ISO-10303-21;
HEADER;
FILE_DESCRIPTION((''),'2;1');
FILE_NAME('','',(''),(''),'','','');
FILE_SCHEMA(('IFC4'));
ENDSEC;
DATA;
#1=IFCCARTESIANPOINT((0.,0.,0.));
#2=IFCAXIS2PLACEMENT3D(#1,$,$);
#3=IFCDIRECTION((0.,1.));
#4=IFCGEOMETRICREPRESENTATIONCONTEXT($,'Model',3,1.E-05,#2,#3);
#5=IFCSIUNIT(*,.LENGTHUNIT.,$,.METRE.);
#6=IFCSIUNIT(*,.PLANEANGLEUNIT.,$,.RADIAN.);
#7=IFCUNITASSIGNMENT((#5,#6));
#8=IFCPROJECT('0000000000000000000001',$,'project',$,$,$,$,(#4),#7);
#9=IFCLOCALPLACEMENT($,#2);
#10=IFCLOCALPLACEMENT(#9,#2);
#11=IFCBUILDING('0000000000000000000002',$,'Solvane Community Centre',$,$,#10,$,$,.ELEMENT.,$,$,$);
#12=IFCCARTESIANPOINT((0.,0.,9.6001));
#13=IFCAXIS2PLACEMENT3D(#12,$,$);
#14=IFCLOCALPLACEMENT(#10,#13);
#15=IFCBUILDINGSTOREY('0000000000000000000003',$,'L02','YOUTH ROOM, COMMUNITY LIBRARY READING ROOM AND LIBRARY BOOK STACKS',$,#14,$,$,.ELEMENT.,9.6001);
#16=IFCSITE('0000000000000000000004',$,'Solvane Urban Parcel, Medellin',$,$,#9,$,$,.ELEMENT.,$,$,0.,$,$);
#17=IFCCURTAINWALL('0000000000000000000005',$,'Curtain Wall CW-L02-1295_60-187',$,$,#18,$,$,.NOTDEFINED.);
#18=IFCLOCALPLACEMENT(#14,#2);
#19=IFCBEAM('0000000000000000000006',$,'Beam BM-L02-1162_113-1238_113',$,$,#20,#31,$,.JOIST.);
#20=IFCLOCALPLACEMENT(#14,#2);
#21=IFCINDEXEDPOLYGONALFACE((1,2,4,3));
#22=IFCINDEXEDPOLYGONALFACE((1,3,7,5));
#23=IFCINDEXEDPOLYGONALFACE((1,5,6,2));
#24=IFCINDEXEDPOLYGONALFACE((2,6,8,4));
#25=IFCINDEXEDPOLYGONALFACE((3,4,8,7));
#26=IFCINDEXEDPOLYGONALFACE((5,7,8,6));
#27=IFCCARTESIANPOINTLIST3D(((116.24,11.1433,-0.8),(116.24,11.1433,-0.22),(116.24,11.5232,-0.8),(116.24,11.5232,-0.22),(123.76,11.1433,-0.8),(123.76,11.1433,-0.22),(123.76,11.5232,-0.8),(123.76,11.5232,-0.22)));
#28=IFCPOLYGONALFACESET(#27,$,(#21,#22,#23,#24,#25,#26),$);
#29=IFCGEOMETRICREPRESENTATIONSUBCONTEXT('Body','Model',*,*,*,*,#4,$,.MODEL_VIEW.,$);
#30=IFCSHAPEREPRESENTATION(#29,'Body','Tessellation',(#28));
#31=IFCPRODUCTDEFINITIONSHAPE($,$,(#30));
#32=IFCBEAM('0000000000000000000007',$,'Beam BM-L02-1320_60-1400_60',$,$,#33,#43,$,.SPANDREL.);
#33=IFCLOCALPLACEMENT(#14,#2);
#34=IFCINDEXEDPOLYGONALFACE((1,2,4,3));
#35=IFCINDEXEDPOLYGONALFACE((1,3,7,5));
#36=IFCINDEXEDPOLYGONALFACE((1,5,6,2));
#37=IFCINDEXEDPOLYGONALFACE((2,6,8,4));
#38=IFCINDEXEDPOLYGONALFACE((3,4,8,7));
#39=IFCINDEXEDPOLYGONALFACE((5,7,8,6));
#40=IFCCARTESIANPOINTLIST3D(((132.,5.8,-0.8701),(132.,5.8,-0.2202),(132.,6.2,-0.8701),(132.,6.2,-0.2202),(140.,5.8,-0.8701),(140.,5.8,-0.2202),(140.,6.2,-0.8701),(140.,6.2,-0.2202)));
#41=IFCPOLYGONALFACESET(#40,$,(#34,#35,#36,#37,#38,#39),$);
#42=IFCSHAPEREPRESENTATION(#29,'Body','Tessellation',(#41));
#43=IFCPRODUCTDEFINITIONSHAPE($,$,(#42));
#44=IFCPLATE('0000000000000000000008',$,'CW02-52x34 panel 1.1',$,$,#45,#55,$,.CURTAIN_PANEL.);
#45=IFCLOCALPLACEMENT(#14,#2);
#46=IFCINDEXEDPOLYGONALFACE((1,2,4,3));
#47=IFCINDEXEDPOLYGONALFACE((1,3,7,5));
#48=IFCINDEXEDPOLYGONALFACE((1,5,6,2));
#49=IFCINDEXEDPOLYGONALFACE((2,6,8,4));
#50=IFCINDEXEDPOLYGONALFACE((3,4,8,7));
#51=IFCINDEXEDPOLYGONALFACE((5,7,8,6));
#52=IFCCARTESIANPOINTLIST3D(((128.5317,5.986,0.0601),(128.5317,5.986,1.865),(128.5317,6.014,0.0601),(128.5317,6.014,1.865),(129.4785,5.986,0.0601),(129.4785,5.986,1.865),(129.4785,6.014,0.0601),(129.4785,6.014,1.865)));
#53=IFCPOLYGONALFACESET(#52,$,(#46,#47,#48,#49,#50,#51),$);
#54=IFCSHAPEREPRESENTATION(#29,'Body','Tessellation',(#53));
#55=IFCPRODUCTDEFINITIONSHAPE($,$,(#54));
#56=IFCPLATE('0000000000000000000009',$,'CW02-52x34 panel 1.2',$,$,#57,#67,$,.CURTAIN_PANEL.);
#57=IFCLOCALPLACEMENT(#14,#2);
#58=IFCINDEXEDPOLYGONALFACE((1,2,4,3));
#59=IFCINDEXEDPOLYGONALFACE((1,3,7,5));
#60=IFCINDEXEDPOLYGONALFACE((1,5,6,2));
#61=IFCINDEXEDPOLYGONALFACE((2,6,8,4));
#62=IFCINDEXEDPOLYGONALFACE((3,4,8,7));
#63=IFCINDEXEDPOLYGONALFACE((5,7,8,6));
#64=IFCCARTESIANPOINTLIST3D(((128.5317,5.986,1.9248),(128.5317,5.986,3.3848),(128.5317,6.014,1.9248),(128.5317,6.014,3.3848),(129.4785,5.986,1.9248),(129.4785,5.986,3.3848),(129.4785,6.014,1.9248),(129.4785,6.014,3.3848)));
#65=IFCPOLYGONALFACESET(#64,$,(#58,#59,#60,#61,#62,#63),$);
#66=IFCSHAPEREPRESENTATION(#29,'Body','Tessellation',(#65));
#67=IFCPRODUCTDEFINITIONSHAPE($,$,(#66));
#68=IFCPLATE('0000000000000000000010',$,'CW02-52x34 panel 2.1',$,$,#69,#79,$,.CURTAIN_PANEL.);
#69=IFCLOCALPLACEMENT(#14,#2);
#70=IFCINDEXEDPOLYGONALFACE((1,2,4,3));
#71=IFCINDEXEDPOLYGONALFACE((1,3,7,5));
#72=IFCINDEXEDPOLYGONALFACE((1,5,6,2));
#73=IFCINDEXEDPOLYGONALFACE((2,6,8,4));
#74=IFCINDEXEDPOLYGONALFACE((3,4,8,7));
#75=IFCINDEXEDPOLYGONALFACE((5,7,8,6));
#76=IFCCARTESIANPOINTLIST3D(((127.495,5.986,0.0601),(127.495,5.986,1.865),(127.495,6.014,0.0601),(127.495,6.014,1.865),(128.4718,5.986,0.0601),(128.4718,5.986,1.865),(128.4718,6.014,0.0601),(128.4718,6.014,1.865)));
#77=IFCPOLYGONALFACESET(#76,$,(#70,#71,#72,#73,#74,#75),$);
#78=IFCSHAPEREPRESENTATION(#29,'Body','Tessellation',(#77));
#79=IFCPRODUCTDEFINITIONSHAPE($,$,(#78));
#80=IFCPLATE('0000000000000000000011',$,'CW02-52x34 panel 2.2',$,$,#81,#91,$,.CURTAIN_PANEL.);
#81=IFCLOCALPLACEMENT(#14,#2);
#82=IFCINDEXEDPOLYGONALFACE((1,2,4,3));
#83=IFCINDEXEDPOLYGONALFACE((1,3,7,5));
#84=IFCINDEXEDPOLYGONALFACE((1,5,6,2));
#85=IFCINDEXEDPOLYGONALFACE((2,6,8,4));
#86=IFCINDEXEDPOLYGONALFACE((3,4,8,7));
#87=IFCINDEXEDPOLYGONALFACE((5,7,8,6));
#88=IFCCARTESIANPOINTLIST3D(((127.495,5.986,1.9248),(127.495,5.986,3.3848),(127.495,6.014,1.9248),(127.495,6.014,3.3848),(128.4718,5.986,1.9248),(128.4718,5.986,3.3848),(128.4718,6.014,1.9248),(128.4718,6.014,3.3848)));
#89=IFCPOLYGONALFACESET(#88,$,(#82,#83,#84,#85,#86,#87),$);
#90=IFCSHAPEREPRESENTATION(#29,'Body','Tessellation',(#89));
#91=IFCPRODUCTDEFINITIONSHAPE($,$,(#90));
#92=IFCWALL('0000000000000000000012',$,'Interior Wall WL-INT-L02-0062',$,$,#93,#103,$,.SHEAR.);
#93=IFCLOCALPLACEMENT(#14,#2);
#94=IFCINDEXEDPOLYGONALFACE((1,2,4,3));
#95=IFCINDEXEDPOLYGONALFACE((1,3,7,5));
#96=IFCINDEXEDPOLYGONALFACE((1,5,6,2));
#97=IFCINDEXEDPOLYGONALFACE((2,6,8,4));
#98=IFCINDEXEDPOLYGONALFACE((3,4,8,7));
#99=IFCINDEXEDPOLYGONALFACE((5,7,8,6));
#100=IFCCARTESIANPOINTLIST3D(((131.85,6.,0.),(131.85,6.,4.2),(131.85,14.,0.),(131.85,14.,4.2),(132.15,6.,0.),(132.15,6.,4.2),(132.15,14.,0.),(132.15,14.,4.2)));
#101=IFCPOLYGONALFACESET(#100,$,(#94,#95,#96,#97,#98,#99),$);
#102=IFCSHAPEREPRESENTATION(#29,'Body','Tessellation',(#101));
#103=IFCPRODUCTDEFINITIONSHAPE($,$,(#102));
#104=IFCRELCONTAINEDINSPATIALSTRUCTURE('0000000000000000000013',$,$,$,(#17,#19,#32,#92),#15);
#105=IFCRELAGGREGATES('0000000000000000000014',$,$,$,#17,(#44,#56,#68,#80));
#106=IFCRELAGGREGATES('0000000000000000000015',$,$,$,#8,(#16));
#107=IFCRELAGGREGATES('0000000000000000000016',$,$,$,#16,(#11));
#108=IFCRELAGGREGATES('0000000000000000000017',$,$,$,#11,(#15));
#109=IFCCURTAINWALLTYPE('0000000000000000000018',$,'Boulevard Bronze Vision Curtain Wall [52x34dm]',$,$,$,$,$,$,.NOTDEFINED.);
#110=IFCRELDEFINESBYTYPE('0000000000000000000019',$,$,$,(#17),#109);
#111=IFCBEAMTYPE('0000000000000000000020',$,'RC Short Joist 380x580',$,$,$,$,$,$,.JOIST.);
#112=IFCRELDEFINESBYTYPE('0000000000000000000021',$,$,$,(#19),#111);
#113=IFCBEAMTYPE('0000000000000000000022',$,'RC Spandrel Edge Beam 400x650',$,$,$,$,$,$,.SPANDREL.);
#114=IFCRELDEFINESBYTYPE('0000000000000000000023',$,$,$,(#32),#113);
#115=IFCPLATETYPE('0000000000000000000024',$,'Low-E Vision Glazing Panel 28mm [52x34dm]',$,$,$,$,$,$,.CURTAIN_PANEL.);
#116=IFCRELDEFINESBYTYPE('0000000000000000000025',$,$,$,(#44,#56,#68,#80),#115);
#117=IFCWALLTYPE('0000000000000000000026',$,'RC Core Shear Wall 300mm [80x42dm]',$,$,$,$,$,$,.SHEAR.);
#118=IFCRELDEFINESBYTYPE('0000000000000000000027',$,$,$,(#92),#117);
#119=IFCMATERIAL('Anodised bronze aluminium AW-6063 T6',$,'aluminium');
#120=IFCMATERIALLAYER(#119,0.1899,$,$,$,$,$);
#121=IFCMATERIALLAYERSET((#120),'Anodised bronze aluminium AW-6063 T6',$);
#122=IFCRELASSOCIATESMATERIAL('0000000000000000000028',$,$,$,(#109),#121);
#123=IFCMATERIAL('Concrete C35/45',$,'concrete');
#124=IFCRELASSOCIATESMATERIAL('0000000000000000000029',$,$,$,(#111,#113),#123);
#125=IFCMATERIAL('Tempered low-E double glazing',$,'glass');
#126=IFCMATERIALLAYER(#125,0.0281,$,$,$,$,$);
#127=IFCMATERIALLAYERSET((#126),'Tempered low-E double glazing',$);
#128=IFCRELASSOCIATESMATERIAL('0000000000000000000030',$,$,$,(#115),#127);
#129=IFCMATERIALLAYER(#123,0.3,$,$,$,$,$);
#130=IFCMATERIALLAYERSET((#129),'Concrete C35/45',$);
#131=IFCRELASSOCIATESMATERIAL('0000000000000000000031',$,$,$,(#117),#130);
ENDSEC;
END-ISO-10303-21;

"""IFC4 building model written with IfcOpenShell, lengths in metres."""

from ifc_helpers import new_model, si_unit, direction, frame, frame_2d, origin, origin_2d, place, context, subcontext, project, spatial, rectangle, extrude, material, layer, layer_set, material_profile, profile_set, type_object, element, aggregate, save


model = new_model("IFC4")

# Units and contexts
model_context = context("Model", 3, precision=1e-05, world=origin(), true_north=direction((0.0, 1.0)))
body_context = subcontext(model_context, "Body", "Model", "MODEL_VIEW")
ifc_project = project(units=[si_unit("LENGTHUNIT", "METRE"), si_unit("PLANEANGLEUNIT", "RADIAN")], contexts=[model_context])

# Site, building, storey
site_placement = place(None, origin())
site = spatial("IfcSite", under=ifc_project, at=site_placement, Name="Solvane Urban Parcel, Medellin", CompositionType="ELEMENT", RefElevation=0.0)
building_placement = place(site_placement, origin())
building = spatial("IfcBuilding", under=site, at=building_placement, Name="Solvane Community Centre", CompositionType="ELEMENT")
storey_placement = place(building_placement, frame((0.0, 0.0, 9.6001)))
storey = spatial("IfcBuildingStorey", under=building, at=storey_placement, Name="L02", Description="YOUTH ROOM, COMMUNITY LIBRARY READING ROOM AND LIBRARY BOOK STACKS", CompositionType="ELEMENT", Elevation=9.6001)

# Curtain wall
ifc_material_1 = material(Name="Anodised bronze aluminium AW-6063 T6", Category="aluminium")
ifc_layer_1 = layer(ifc_material_1, 0.1899)
ifc_layer_set_1 = layer_set([ifc_layer_1], Name="Anodised bronze aluminium AW-6063 T6")
curtain_wall_type = type_object("IfcCurtainWallType", Name="Boulevard Bronze Vision Curtain Wall [52x34dm]", PredefinedType="NOTDEFINED", material=ifc_layer_set_1)
curtain_wall_placement = place(storey_placement, origin())
curtain_wall = element("IfcCurtainWall", 1, at=curtain_wall_placement, inside=storey, type_object=curtain_wall_type, Name="Curtain Wall CW-L02-1295_60-187", PredefinedType="NOTDEFINED")

# Beams
ifc_material_2 = material(Name="Concrete C35/45", Category="concrete")
ifc_material_profile_1 = material_profile(ifc_material_2, rectangle(XDim=0.3799, YDim=0.5801, at=origin_2d()), Name="RC 380x580")
ifc_profile_set_1 = profile_set([ifc_material_profile_1], Name="Concrete C35/45")
beam_type_1 = type_object("IfcBeamType", Name="RC Short Joist 380x580", PredefinedType="JOIST", material=ifc_profile_set_1)
for number, where, z_axis, x_axis, name in (
    (2, (116.24, 11.3333, -0.51), (1.0, 0.0, 0.0), (0.0, 1.0, 0.0), "Beam BM-L02-1162_113-1238_113"),
):
    element("IfcBeam", number, at=place(storey_placement, frame(where, z_axis=z_axis, x_axis=x_axis)), inside=storey, type_object=beam_type_1, Name=name, PredefinedType="JOIST", context=body_context, shape_type="SweptSolid", body=[
        extrude(rectangle(XDim=0.3799, YDim=0.5801, at=origin_2d()), origin(), (0.0, 0.0, 1.0), 7.52),
    ])
ifc_material_profile_2 = material_profile(ifc_material_2, rectangle(XDim=0.3999, YDim=0.6499, at=origin_2d()), Name="RC 400x650")
ifc_profile_set_2 = profile_set([ifc_material_profile_2], Name="Concrete C35/45")
beam_type_2 = type_object("IfcBeamType", Name="RC Spandrel Edge Beam 400x650", PredefinedType="SPANDREL", material=ifc_profile_set_2)
beam_1_placement = place(storey_placement, frame((132.0, 6.0, -0.5452), z_axis=(1.0, 0.0, 0.0), x_axis=(0.0, 1.0, 0.0)))
element("IfcBeam", 3, at=beam_1_placement, inside=storey, type_object=beam_type_2, Name="Beam BM-L02-1320_60-1400_60", PredefinedType="SPANDREL", context=body_context, shape_type="SweptSolid", body=[
    extrude(rectangle(XDim=0.3999, YDim=0.6499, at=origin_2d()), origin(), (0.0, 0.0, 1.0), 8.0),
])

# Plates
ifc_material_3 = material(Name="Tempered low-E double glazing", Category="glass")
ifc_layer_2 = layer(ifc_material_3, 0.0281)
ifc_layer_set_2 = layer_set([ifc_layer_2], Name="Tempered low-E double glazing")
plate_type = type_object("IfcPlateType", Name="Low-E Vision Glazing Panel 28mm [52x34dm]", PredefinedType="CURTAIN_PANEL", material=ifc_layer_set_2)
plate_1_placement = place(storey_placement, frame((129.0051, 6.0, 0.0601), z_axis=(0.0, 0.0, 1.0), x_axis=(-1.0, 0.0, 0.0)))
plate_1 = element("IfcPlate", 4, at=plate_1_placement, type_object=plate_type, Name="CW02-52x34 panel 1.1", PredefinedType="CURTAIN_PANEL", context=body_context, shape_type="SweptSolid", body=[
    extrude(rectangle(XDim=0.9468, YDim=0.0281, at=origin_2d()), origin(), (0.0, 0.0, 1.0), 1.8049),
])
plate_2_placement = place(storey_placement, frame((129.0051, 6.0, 1.9248), z_axis=(0.0, 0.0, 1.0), x_axis=(-1.0, 0.0, 0.0)))
plate_2 = element("IfcPlate", 5, at=plate_2_placement, type_object=plate_type, Name="CW02-52x34 panel 1.2", PredefinedType="CURTAIN_PANEL", context=body_context, shape_type="SweptSolid", body=[
    extrude(rectangle(XDim=0.9468, YDim=0.0281, at=origin_2d()), origin(), (0.0, 0.0, 1.0), 1.46),
])
plate_3_placement = place(storey_placement, frame((127.9834, 6.0, 0.0601), z_axis=(0.0, 0.0, 1.0), x_axis=(-1.0, 0.0, 0.0)))
plate_3 = element("IfcPlate", 6, at=plate_3_placement, type_object=plate_type, Name="CW02-52x34 panel 2.1", PredefinedType="CURTAIN_PANEL", context=body_context, shape_type="SweptSolid", body=[
    extrude(rectangle(XDim=0.9768, YDim=0.0281, at=origin_2d()), origin(), (0.0, 0.0, 1.0), 1.8049),
])
plate_4_placement = place(storey_placement, frame((127.9834, 6.0, 1.9248), z_axis=(0.0, 0.0, 1.0), x_axis=(-1.0, 0.0, 0.0)))
plate_4 = element("IfcPlate", 7, at=plate_4_placement, type_object=plate_type, Name="CW02-52x34 panel 2.2", PredefinedType="CURTAIN_PANEL", context=body_context, shape_type="SweptSolid", body=[
    extrude(rectangle(XDim=0.9768, YDim=0.0281, at=origin_2d()), origin(), (0.0, 0.0, 1.0), 1.46),
])
aggregate(curtain_wall, [plate_1, plate_2, plate_3, plate_4])

# Wall
ifc_layer_3 = layer(ifc_material_2, 0.3)
ifc_layer_set_3 = layer_set([ifc_layer_3], Name="Concrete C35/45")
wall_type = type_object("IfcWallType", Name="RC Core Shear Wall 300mm [80x42dm]", PredefinedType="SHEAR", material=ifc_layer_set_3)
wall_placement = place(storey_placement, frame((132.0, 6.0, 0.0), z_axis=(0.0, 0.0, 1.0), x_axis=(0.0, 1.0, 0.0)))
element("IfcWall", 8, at=wall_placement, inside=storey, type_object=wall_type, Name="Interior Wall WL-INT-L02-0062", PredefinedType="SHEAR", context=body_context, shape_type="SweptSolid", body=[
    extrude(rectangle(XDim=8.0, YDim=0.3, at=frame_2d((4.0, 0.0))), origin(), (0.0, 0.0, 1.0), 4.2),
])

save(model, "model.ifc")
